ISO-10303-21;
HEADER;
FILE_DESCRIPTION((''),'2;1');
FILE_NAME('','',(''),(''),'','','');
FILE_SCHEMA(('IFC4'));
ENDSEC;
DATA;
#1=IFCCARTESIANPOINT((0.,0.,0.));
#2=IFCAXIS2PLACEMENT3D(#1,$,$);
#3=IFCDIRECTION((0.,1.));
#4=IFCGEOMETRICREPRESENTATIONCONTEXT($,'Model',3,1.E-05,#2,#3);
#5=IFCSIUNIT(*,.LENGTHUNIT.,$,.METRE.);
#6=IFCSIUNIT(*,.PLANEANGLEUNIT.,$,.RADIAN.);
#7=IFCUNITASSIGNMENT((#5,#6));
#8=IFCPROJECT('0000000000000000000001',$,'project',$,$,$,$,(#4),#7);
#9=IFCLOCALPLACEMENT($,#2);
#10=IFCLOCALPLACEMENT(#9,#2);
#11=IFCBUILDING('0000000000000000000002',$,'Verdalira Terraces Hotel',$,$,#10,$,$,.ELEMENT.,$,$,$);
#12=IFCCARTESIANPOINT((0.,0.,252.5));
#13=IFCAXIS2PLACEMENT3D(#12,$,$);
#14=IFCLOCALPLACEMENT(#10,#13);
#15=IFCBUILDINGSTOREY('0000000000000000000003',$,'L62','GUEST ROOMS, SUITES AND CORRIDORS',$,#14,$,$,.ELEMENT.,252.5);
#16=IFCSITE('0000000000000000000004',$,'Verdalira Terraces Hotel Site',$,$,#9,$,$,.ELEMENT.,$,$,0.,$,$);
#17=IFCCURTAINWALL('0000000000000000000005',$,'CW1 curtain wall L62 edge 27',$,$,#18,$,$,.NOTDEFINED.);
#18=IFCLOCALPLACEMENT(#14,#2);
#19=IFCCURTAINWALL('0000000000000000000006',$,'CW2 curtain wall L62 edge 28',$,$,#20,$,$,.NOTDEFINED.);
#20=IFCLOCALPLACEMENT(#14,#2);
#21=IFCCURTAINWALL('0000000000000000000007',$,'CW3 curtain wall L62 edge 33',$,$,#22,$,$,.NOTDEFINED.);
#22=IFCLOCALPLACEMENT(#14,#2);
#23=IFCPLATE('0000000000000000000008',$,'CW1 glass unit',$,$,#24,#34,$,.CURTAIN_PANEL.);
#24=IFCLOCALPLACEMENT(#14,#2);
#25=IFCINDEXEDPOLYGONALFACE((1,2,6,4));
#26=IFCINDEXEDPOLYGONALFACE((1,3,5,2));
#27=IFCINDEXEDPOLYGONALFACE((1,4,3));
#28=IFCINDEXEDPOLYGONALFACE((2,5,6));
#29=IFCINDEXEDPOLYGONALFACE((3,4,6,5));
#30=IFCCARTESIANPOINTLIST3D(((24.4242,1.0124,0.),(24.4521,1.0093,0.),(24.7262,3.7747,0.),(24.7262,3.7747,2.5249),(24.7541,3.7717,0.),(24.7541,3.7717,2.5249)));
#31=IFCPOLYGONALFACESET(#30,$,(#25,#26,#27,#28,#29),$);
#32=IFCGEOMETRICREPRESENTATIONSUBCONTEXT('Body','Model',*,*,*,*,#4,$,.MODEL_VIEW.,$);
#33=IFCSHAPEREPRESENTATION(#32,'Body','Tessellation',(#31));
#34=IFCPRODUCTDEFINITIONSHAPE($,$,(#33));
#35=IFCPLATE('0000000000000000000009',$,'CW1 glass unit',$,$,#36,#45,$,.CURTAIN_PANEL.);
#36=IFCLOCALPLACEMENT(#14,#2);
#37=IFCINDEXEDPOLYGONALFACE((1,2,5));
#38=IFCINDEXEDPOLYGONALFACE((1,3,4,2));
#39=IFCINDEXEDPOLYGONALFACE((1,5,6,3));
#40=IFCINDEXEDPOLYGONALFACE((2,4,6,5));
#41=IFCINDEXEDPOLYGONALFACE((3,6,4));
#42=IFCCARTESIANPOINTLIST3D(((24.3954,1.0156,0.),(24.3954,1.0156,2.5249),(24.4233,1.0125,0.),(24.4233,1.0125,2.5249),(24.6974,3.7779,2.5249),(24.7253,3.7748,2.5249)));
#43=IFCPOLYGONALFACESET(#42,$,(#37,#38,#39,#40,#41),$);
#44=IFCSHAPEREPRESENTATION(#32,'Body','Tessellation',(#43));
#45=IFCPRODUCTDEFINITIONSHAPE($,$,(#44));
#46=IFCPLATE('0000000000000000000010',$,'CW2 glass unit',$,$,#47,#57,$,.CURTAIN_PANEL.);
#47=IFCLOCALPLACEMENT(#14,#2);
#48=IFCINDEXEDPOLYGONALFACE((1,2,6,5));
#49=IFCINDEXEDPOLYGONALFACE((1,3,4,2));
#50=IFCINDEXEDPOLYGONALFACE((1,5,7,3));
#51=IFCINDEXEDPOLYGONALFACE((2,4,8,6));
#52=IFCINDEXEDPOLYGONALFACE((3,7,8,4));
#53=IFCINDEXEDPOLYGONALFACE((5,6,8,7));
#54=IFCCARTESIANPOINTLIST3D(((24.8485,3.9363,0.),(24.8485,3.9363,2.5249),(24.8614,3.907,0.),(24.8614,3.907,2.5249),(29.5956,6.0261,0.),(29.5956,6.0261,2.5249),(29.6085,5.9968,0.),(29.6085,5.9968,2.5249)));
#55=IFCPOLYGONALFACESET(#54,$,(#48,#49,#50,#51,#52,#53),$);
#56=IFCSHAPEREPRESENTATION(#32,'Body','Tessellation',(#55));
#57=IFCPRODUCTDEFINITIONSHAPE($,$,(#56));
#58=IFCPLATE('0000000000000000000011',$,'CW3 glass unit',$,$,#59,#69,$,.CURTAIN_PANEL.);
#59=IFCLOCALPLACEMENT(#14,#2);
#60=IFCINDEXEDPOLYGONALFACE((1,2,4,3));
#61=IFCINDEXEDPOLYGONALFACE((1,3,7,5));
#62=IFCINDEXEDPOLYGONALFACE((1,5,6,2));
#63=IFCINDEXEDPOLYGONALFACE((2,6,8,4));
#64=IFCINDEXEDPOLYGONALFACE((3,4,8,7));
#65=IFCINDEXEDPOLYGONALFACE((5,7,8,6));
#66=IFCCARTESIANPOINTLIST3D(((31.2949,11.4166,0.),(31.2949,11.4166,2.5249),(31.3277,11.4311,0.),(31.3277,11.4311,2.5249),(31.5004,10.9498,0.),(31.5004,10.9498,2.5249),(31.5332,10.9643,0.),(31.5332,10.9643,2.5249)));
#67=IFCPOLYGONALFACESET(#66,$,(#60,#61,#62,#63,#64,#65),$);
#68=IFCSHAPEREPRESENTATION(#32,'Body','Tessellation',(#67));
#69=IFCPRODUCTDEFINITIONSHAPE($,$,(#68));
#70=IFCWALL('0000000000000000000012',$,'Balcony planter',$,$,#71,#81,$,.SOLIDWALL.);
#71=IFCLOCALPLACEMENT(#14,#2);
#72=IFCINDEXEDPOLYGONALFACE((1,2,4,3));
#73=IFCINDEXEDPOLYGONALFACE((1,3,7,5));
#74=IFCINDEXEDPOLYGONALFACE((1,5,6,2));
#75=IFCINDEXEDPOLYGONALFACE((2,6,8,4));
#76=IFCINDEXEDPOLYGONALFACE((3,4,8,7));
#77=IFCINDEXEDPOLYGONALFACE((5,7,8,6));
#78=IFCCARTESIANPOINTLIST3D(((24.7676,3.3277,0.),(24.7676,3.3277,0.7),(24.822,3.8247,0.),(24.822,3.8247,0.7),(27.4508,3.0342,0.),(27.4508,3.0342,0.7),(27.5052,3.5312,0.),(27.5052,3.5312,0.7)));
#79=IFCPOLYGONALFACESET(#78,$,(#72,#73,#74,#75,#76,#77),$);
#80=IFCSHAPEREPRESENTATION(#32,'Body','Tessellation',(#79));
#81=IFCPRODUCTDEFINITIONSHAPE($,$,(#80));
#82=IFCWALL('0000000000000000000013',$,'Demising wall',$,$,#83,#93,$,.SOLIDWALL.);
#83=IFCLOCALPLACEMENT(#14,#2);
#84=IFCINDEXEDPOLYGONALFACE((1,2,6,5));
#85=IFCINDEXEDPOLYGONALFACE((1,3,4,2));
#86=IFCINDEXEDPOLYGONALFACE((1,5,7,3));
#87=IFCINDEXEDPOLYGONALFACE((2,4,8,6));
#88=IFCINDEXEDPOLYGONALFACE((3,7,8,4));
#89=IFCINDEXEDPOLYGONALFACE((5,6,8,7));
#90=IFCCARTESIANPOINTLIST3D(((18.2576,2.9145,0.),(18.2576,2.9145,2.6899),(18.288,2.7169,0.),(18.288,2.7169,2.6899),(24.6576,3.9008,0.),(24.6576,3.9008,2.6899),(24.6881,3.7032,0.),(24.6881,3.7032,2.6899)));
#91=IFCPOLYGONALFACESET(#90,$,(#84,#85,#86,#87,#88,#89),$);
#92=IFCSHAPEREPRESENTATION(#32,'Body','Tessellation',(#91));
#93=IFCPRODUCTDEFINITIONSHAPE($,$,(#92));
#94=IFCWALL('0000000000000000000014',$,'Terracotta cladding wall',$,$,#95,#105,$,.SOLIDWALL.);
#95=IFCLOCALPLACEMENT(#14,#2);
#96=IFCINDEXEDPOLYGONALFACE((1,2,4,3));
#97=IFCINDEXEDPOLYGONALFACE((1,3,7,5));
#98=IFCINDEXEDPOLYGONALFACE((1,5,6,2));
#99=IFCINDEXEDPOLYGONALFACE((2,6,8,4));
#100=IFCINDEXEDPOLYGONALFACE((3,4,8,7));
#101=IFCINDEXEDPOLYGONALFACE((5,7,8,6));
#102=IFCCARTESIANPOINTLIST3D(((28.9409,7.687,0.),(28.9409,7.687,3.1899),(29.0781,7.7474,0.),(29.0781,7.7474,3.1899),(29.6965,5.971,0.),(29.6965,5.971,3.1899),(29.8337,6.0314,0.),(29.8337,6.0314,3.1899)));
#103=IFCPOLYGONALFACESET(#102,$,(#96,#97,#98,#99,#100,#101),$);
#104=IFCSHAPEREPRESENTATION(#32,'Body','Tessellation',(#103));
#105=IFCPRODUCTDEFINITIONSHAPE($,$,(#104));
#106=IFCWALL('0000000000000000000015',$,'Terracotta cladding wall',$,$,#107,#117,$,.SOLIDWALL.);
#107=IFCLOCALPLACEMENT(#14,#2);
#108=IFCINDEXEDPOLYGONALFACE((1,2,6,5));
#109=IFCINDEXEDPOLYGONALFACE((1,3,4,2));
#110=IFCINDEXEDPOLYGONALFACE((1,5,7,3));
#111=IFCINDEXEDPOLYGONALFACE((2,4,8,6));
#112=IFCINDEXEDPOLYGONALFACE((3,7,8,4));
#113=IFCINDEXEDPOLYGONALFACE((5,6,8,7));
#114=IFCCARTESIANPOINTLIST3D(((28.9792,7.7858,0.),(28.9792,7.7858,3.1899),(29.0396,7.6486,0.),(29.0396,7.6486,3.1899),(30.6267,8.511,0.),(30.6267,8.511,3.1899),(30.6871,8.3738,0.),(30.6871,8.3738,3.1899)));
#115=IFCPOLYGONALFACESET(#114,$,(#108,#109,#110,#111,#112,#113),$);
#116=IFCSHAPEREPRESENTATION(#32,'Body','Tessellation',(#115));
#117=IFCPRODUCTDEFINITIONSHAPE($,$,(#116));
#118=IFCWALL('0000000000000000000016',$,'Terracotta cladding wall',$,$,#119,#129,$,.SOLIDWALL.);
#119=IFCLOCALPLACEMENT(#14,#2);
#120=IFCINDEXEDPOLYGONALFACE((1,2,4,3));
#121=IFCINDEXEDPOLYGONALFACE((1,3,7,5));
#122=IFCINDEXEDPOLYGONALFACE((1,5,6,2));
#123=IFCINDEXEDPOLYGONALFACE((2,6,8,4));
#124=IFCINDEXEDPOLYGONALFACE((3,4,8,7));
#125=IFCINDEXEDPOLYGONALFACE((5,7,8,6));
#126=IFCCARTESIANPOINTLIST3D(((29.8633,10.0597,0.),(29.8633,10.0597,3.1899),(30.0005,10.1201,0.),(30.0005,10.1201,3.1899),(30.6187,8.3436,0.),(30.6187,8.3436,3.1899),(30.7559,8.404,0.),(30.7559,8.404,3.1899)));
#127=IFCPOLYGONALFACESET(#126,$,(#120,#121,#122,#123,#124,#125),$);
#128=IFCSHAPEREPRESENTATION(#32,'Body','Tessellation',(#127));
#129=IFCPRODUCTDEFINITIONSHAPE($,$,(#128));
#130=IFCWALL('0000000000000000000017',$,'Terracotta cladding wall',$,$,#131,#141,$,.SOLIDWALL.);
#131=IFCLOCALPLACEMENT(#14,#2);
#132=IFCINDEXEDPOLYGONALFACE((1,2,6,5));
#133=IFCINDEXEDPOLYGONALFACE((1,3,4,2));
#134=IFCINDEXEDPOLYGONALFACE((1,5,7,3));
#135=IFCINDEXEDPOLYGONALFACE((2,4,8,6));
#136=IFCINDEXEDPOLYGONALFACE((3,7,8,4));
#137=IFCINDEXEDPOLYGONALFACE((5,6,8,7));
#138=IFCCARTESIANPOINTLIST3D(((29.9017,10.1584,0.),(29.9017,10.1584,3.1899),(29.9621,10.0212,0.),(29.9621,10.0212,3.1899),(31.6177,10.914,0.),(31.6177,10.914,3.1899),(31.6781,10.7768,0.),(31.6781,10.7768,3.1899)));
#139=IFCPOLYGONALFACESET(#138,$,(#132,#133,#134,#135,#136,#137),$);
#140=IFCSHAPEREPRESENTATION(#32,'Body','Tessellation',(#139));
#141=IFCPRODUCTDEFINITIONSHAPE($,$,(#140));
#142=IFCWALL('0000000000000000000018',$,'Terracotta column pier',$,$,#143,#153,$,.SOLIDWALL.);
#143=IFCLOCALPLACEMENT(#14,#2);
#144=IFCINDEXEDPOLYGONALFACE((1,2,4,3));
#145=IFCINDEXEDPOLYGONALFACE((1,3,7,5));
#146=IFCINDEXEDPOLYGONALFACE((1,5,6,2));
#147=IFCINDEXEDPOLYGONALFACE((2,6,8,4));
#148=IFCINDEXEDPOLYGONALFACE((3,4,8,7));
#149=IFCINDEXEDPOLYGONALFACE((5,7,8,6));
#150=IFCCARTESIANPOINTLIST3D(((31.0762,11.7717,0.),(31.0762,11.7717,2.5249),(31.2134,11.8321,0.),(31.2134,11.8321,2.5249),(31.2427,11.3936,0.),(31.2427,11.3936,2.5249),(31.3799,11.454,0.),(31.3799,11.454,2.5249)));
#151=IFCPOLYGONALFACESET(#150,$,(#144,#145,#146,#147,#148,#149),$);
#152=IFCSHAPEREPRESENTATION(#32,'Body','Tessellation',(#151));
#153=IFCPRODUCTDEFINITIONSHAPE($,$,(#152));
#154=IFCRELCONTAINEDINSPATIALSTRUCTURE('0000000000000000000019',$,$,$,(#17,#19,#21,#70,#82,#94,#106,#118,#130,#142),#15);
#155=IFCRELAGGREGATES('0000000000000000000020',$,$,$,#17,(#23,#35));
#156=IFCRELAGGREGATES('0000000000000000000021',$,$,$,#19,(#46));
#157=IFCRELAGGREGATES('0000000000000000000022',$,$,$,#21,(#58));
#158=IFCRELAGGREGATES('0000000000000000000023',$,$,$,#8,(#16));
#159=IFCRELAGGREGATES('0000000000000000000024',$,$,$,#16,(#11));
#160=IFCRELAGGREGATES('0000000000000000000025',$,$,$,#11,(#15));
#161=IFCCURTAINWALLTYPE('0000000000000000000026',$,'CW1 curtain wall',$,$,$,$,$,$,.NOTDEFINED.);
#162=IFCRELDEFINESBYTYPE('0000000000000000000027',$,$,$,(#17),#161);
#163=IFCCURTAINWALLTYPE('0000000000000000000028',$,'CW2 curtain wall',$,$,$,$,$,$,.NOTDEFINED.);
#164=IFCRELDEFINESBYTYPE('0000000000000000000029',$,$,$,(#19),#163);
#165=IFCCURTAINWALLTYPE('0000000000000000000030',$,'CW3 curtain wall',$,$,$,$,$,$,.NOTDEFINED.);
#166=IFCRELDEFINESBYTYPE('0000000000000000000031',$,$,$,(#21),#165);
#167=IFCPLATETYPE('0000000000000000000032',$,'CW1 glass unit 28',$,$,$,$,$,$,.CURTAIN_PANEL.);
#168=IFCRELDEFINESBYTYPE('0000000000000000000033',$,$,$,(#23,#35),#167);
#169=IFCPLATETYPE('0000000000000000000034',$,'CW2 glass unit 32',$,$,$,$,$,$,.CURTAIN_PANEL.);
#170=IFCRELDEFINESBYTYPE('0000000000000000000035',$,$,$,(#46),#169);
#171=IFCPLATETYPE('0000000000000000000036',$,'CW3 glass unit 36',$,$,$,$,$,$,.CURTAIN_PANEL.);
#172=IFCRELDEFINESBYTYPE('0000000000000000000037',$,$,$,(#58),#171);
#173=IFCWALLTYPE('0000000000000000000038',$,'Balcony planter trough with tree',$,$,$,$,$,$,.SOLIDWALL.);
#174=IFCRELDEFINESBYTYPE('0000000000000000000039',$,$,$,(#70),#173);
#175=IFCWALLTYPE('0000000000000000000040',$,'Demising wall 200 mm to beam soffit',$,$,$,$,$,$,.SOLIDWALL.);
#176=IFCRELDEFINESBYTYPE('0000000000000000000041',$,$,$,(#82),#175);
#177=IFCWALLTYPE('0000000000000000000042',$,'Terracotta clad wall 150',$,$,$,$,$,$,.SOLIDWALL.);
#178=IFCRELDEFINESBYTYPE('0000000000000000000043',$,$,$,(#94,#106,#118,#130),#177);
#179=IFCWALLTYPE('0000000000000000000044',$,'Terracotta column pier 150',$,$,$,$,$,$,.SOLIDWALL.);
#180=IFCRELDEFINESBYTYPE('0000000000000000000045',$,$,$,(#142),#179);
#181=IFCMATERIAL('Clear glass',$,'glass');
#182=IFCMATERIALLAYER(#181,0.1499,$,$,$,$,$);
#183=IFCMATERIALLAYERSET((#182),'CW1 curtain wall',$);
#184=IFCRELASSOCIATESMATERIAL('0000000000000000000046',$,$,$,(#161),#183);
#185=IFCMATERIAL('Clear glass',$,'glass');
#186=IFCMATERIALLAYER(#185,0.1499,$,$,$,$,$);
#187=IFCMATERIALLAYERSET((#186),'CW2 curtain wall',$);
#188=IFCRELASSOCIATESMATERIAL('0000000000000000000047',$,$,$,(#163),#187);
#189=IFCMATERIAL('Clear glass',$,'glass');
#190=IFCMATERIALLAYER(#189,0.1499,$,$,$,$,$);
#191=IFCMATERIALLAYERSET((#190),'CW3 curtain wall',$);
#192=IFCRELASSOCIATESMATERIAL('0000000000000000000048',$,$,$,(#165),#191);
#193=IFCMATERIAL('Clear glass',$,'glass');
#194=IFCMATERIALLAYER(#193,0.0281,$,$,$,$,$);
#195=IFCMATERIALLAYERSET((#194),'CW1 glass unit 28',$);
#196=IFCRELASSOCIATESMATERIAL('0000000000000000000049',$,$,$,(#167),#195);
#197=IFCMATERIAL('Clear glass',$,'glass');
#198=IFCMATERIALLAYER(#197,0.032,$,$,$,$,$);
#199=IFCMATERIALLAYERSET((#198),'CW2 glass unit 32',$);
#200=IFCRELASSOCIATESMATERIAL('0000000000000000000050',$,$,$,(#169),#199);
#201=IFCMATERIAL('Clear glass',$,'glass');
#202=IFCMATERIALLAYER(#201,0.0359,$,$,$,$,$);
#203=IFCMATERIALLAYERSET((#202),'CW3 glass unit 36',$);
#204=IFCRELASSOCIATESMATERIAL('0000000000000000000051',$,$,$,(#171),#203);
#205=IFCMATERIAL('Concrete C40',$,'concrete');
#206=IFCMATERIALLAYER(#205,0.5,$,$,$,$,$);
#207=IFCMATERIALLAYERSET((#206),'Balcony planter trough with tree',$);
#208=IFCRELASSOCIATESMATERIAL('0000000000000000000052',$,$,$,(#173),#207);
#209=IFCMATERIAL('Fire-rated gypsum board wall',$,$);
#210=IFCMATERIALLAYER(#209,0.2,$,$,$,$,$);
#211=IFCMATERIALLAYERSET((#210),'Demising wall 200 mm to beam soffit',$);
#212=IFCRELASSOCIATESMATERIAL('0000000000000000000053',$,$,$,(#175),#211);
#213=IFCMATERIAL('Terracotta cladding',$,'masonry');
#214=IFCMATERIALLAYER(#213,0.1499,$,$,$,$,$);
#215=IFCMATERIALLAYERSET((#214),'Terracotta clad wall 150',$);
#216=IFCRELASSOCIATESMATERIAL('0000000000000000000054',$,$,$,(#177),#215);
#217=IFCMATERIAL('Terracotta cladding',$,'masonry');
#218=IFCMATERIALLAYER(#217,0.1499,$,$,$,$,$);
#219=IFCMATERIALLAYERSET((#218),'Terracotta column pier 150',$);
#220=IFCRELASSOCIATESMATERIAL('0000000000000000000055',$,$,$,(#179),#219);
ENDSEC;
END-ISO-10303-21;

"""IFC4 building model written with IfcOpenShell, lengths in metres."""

from ifc_helpers import new_model, si_unit, direction, frame, frame_2d, origin, origin_2d, place, context, subcontext, project, spatial, polyline, rectangle, outline, extrude, material, layer, layer_set, type_object, element, aggregate, save


model = new_model("IFC4")

# Units and contexts
model_context = context("Model", 3, precision=1e-05, world=origin(), true_north=direction((0.0, 1.0)))
body_context = subcontext(model_context, "Body", "Model", "MODEL_VIEW")
ifc_project = project(units=[si_unit("LENGTHUNIT", "METRE"), si_unit("PLANEANGLEUNIT", "RADIAN")], contexts=[model_context])

# Site, building, storey
site_placement = place(None, origin())
site = spatial("IfcSite", under=ifc_project, at=site_placement, Name="Verdalira Terraces Hotel Site", CompositionType="ELEMENT", RefElevation=0.0)
building_placement = place(site_placement, origin())
building = spatial("IfcBuilding", under=site, at=building_placement, Name="Verdalira Terraces Hotel", CompositionType="ELEMENT")
storey_placement = place(building_placement, frame((0.0, 0.0, 252.5)))
storey = spatial("IfcBuildingStorey", under=building, at=storey_placement, Name="L62", Description="GUEST ROOMS, SUITES AND CORRIDORS", CompositionType="ELEMENT", Elevation=252.5)

# Curtain wall
ifc_material_1 = material(Name="Clear glass", Category="glass")
ifc_layer_1 = layer(ifc_material_1, 0.1499)
ifc_layer_set_1 = layer_set([ifc_layer_1], Name="CW1 curtain wall")
curtain_wall_type_1 = type_object("IfcCurtainWallType", Name="CW1 curtain wall", PredefinedType="NOTDEFINED", material=ifc_layer_set_1)
curtain_wall_1_placement = place(storey_placement, origin())
curtain_wall_1 = element("IfcCurtainWall", 1, at=curtain_wall_1_placement, inside=storey, type_object=curtain_wall_type_1, Name="CW1 curtain wall L62 edge 27", PredefinedType="NOTDEFINED")

# Curtain walls
ifc_material_2 = material(Name="Clear glass", Category="glass")
ifc_layer_2 = layer(ifc_material_2, 0.1499)
ifc_layer_set_2 = layer_set([ifc_layer_2], Name="CW2 curtain wall")
curtain_wall_type_2 = type_object("IfcCurtainWallType", Name="CW2 curtain wall", PredefinedType="NOTDEFINED", material=ifc_layer_set_2)
curtain_wall_2_placement = place(storey_placement, origin())
curtain_wall_2 = element("IfcCurtainWall", 2, at=curtain_wall_2_placement, inside=storey, type_object=curtain_wall_type_2, Name="CW2 curtain wall L62 edge 28", PredefinedType="NOTDEFINED")
ifc_material_3 = material(Name="Clear glass", Category="glass")
ifc_layer_3 = layer(ifc_material_3, 0.1499)
ifc_layer_set_3 = layer_set([ifc_layer_3], Name="CW3 curtain wall")
curtain_wall_type_3 = type_object("IfcCurtainWallType", Name="CW3 curtain wall", PredefinedType="NOTDEFINED", material=ifc_layer_set_3)
curtain_wall_3_placement = place(storey_placement, origin())
curtain_wall_3 = element("IfcCurtainWall", 3, at=curtain_wall_3_placement, inside=storey, type_object=curtain_wall_type_3, Name="CW3 curtain wall L62 edge 33", PredefinedType="NOTDEFINED")

# Plates
ifc_material_4 = material(Name="Clear glass", Category="glass")
ifc_layer_4 = layer(ifc_material_4, 0.0281)
ifc_layer_set_4 = layer_set([ifc_layer_4], Name="CW1 glass unit 28")
plate_type_1 = type_object("IfcPlateType", Name="CW1 glass unit 28", PredefinedType="CURTAIN_PANEL", material=ifc_layer_set_4)
plate_1_placement = place(storey_placement, frame((24.5752, 2.3936, 1.2625), z_axis=(0.994075, -0.108693, 0.0), x_axis=(0.108693, 0.994075, 0.0)))
plate_1 = element("IfcPlate", 4, at=plate_1_placement, type_object=plate_type_1, Name="CW1 glass unit", PredefinedType="CURTAIN_PANEL", context=body_context, shape_type="SweptSolid", body=[
    extrude(outline(polyline([(-1.3894, -1.2625), (1.3894, -1.2625), (1.3894, 1.2625), (-1.3894, -1.2625)])), origin(), (0.0, 0.0, 1.0), 0.0281),
])
plate_2_placement = place(storey_placement, frame((24.5464, 2.3967, 1.2625), z_axis=(0.994075, -0.108693, 0.0), x_axis=(0.108693, 0.994075, 0.0)))
plate_2 = element("IfcPlate", 5, at=plate_2_placement, type_object=plate_type_1, Name="CW1 glass unit", PredefinedType="CURTAIN_PANEL", context=body_context, shape_type="SweptSolid", body=[
    extrude(outline(polyline([(-1.3894, -1.2625), (1.3894, 1.2625), (-1.3894, 1.2625), (-1.3894, -1.2625)])), origin(), (0.0, 0.0, 1.0), 0.0281),
])
aggregate(curtain_wall_1, [plate_1, plate_2])
ifc_material_5 = material(Name="Clear glass", Category="glass")
ifc_layer_5 = layer(ifc_material_5, 0.032)
ifc_layer_set_5 = layer_set([ifc_layer_5], Name="CW2 glass unit 32")
plate_type_2 = type_object("IfcPlateType", Name="CW2 glass unit 32", PredefinedType="CURTAIN_PANEL", material=ifc_layer_set_5)
plate_3_placement = place(storey_placement, frame((27.2285, 4.9666, 0.0), z_axis=(0.0, 0.0, 1.0), x_axis=(0.915241, 0.402906, 0.0)))
plate_3 = element("IfcPlate", 6, at=plate_3_placement, type_object=plate_type_2, Name="CW2 glass unit", PredefinedType="CURTAIN_PANEL", context=body_context, shape_type="SweptSolid", body=[
    extrude(rectangle(XDim=5.1868, YDim=0.032, at=origin_2d()), origin(), (0.0, 0.0, 1.0), 2.5249),
])
aggregate(curtain_wall_2, [plate_3])
ifc_material_6 = material(Name="Clear glass", Category="glass")
ifc_layer_6 = layer(ifc_material_6, 0.0359)
ifc_layer_set_6 = layer_set([ifc_layer_6], Name="CW3 glass unit 36")
plate_type_3 = type_object("IfcPlateType", Name="CW3 glass unit 36", PredefinedType="CURTAIN_PANEL", material=ifc_layer_set_6)
plate_4_placement = place(storey_placement, frame((31.4141, 11.1904, 0.0), z_axis=(0.0, 0.0, 1.0), x_axis=(-0.402906, 0.915241, 0.0)))
plate_4 = element("IfcPlate", 7, at=plate_4_placement, type_object=plate_type_3, Name="CW3 glass unit", PredefinedType="CURTAIN_PANEL", context=body_context, shape_type="SweptSolid", body=[
    extrude(rectangle(XDim=0.51, YDim=0.0359, at=origin_2d()), origin(), (0.0, 0.0, 1.0), 2.5249),
])
aggregate(curtain_wall_3, [plate_4])

# Walls
ifc_material_7 = material(Name="Concrete C40", Category="concrete")
ifc_layer_7 = layer(ifc_material_7, 0.5)
ifc_layer_set_7 = layer_set([ifc_layer_7], Name="Balcony planter trough with tree")
wall_type_1 = type_object("IfcWallType", Name="Balcony planter trough with tree", PredefinedType="SOLIDWALL", material=ifc_layer_set_7)
wall_1_placement = place(storey_placement, frame((27.478, 3.2827, 0.0), z_axis=(0.0, 0.0, 1.0), x_axis=(-0.994072, 0.108724, 0.0)))
element("IfcWall", 8, at=wall_1_placement, inside=storey, type_object=wall_type_1, Name="Balcony planter", PredefinedType="SOLIDWALL", context=body_context, shape_type="SweptSolid", body=[
    extrude(rectangle(XDim=2.6992, YDim=0.5, at=frame_2d((1.3496, 0.0))), origin(), (0.0, 0.0, 1.0), 0.7),
])
ifc_material_8 = material(Name="Fire-rated gypsum board wall")
ifc_layer_8 = layer(ifc_material_8, 0.2)
ifc_layer_set_8 = layer_set([ifc_layer_8], Name="Demising wall 200 mm to beam soffit")
wall_type_2 = type_object("IfcWallType", Name="Demising wall 200 mm to beam soffit", PredefinedType="SOLIDWALL", material=ifc_layer_set_8)
wall_2_placement = place(storey_placement, frame((24.6729, 3.802, 0.0), z_axis=(0.0, 0.0, 1.0), x_axis=(-0.988332, -0.152312, 0.0)))
element("IfcWall", 9, at=wall_2_placement, inside=storey, type_object=wall_type_2, Name="Demising wall", PredefinedType="SOLIDWALL", context=body_context, shape_type="SweptSolid", body=[
    extrude(rectangle(XDim=6.4756, YDim=0.2, at=frame_2d((3.2378, 0.0))), origin(), (0.0, 0.0, 1.0), 2.6899),
])
ifc_material_9 = material(Name="Terracotta cladding", Category="masonry")
ifc_layer_9 = layer(ifc_material_9, 0.1499)
ifc_layer_set_9 = layer_set([ifc_layer_9], Name="Terracotta clad wall 150")
wall_type_3 = type_object("IfcWallType", Name="Terracotta clad wall 150", PredefinedType="SOLIDWALL", material=ifc_layer_set_9)
wall_3_placement = place(storey_placement, frame((29.7651, 6.0012, 0.0), z_axis=(0.0, 0.0, 1.0), x_axis=(-0.402983, 0.915207, 0.0)))
element("IfcWall", 10, at=wall_3_placement, inside=storey, type_object=wall_type_3, Name="Terracotta cladding wall", PredefinedType="SOLIDWALL", context=body_context, shape_type="SweptSolid", body=[
    extrude(rectangle(XDim=1.875, YDim=0.1499, at=frame_2d((0.9375, 0.0))), origin(), (0.0, 0.0, 1.0), 3.1899),
])
wall_4_placement = place(storey_placement, frame((29.0095, 7.7173, 0.0), z_axis=(0.0, 0.0, 1.0), x_axis=(0.915271, 0.402839, 0.0)))
element("IfcWall", 11, at=wall_4_placement, inside=storey, type_object=wall_type_3, Name="Terracotta cladding wall", PredefinedType="SOLIDWALL", context=body_context, shape_type="SweptSolid", body=[
    extrude(rectangle(XDim=1.8, YDim=0.1499, at=frame_2d((0.8999, 0.0))), origin(), (0.0, 0.0, 1.0), 3.1899),
])
for number, where, z_axis, x_axis, name in (
    (12, (30.6873, 8.3738, 0.0), (0.0, 0.0, 1.0), (-0.402874, 0.915256, 0.0), "Terracotta cladding wall"),
    (13, (29.9319, 10.0898, 0.0), (0.0, 0.0, 1.0), (0.915207, 0.402983, 0.0), "Terracotta cladding wall"),
):
    element("IfcWall", number, at=place(storey_placement, frame(where, z_axis=z_axis, x_axis=x_axis)), inside=storey, type_object=wall_type_3, Name=name, PredefinedType="SOLIDWALL", context=body_context, shape_type="SweptSolid", body=[
        extrude(rectangle(XDim=1.875, YDim=0.1499, at=frame_2d((0.9375, 0.0))), origin(), (0.0, 0.0, 1.0), 3.1899),
    ])
ifc_material_10 = material(Name="Terracotta cladding", Category="masonry")
ifc_layer_10 = layer(ifc_material_10, 0.1499)
ifc_layer_set_10 = layer_set([ifc_layer_10], Name="Terracotta column pier 150")
wall_type_4 = type_object("IfcWallType", Name="Terracotta column pier 150", PredefinedType="SOLIDWALL", material=ifc_layer_set_10)
wall_5_placement = place(storey_placement, frame((31.3113, 11.4238, 0.0), z_axis=(0.0, 0.0, 1.0), x_axis=(-0.402956, 0.915219, 0.0)))
element("IfcWall", 14, at=wall_5_placement, inside=storey, type_object=wall_type_4, Name="Terracotta column pier", PredefinedType="SOLIDWALL", context=body_context, shape_type="SweptSolid", body=[
    extrude(rectangle(XDim=0.4131, YDim=0.1499, at=frame_2d((0.2065, 0.0))), origin(), (0.0, 0.0, 1.0), 2.5249),
])

save(model, "model.ifc")
